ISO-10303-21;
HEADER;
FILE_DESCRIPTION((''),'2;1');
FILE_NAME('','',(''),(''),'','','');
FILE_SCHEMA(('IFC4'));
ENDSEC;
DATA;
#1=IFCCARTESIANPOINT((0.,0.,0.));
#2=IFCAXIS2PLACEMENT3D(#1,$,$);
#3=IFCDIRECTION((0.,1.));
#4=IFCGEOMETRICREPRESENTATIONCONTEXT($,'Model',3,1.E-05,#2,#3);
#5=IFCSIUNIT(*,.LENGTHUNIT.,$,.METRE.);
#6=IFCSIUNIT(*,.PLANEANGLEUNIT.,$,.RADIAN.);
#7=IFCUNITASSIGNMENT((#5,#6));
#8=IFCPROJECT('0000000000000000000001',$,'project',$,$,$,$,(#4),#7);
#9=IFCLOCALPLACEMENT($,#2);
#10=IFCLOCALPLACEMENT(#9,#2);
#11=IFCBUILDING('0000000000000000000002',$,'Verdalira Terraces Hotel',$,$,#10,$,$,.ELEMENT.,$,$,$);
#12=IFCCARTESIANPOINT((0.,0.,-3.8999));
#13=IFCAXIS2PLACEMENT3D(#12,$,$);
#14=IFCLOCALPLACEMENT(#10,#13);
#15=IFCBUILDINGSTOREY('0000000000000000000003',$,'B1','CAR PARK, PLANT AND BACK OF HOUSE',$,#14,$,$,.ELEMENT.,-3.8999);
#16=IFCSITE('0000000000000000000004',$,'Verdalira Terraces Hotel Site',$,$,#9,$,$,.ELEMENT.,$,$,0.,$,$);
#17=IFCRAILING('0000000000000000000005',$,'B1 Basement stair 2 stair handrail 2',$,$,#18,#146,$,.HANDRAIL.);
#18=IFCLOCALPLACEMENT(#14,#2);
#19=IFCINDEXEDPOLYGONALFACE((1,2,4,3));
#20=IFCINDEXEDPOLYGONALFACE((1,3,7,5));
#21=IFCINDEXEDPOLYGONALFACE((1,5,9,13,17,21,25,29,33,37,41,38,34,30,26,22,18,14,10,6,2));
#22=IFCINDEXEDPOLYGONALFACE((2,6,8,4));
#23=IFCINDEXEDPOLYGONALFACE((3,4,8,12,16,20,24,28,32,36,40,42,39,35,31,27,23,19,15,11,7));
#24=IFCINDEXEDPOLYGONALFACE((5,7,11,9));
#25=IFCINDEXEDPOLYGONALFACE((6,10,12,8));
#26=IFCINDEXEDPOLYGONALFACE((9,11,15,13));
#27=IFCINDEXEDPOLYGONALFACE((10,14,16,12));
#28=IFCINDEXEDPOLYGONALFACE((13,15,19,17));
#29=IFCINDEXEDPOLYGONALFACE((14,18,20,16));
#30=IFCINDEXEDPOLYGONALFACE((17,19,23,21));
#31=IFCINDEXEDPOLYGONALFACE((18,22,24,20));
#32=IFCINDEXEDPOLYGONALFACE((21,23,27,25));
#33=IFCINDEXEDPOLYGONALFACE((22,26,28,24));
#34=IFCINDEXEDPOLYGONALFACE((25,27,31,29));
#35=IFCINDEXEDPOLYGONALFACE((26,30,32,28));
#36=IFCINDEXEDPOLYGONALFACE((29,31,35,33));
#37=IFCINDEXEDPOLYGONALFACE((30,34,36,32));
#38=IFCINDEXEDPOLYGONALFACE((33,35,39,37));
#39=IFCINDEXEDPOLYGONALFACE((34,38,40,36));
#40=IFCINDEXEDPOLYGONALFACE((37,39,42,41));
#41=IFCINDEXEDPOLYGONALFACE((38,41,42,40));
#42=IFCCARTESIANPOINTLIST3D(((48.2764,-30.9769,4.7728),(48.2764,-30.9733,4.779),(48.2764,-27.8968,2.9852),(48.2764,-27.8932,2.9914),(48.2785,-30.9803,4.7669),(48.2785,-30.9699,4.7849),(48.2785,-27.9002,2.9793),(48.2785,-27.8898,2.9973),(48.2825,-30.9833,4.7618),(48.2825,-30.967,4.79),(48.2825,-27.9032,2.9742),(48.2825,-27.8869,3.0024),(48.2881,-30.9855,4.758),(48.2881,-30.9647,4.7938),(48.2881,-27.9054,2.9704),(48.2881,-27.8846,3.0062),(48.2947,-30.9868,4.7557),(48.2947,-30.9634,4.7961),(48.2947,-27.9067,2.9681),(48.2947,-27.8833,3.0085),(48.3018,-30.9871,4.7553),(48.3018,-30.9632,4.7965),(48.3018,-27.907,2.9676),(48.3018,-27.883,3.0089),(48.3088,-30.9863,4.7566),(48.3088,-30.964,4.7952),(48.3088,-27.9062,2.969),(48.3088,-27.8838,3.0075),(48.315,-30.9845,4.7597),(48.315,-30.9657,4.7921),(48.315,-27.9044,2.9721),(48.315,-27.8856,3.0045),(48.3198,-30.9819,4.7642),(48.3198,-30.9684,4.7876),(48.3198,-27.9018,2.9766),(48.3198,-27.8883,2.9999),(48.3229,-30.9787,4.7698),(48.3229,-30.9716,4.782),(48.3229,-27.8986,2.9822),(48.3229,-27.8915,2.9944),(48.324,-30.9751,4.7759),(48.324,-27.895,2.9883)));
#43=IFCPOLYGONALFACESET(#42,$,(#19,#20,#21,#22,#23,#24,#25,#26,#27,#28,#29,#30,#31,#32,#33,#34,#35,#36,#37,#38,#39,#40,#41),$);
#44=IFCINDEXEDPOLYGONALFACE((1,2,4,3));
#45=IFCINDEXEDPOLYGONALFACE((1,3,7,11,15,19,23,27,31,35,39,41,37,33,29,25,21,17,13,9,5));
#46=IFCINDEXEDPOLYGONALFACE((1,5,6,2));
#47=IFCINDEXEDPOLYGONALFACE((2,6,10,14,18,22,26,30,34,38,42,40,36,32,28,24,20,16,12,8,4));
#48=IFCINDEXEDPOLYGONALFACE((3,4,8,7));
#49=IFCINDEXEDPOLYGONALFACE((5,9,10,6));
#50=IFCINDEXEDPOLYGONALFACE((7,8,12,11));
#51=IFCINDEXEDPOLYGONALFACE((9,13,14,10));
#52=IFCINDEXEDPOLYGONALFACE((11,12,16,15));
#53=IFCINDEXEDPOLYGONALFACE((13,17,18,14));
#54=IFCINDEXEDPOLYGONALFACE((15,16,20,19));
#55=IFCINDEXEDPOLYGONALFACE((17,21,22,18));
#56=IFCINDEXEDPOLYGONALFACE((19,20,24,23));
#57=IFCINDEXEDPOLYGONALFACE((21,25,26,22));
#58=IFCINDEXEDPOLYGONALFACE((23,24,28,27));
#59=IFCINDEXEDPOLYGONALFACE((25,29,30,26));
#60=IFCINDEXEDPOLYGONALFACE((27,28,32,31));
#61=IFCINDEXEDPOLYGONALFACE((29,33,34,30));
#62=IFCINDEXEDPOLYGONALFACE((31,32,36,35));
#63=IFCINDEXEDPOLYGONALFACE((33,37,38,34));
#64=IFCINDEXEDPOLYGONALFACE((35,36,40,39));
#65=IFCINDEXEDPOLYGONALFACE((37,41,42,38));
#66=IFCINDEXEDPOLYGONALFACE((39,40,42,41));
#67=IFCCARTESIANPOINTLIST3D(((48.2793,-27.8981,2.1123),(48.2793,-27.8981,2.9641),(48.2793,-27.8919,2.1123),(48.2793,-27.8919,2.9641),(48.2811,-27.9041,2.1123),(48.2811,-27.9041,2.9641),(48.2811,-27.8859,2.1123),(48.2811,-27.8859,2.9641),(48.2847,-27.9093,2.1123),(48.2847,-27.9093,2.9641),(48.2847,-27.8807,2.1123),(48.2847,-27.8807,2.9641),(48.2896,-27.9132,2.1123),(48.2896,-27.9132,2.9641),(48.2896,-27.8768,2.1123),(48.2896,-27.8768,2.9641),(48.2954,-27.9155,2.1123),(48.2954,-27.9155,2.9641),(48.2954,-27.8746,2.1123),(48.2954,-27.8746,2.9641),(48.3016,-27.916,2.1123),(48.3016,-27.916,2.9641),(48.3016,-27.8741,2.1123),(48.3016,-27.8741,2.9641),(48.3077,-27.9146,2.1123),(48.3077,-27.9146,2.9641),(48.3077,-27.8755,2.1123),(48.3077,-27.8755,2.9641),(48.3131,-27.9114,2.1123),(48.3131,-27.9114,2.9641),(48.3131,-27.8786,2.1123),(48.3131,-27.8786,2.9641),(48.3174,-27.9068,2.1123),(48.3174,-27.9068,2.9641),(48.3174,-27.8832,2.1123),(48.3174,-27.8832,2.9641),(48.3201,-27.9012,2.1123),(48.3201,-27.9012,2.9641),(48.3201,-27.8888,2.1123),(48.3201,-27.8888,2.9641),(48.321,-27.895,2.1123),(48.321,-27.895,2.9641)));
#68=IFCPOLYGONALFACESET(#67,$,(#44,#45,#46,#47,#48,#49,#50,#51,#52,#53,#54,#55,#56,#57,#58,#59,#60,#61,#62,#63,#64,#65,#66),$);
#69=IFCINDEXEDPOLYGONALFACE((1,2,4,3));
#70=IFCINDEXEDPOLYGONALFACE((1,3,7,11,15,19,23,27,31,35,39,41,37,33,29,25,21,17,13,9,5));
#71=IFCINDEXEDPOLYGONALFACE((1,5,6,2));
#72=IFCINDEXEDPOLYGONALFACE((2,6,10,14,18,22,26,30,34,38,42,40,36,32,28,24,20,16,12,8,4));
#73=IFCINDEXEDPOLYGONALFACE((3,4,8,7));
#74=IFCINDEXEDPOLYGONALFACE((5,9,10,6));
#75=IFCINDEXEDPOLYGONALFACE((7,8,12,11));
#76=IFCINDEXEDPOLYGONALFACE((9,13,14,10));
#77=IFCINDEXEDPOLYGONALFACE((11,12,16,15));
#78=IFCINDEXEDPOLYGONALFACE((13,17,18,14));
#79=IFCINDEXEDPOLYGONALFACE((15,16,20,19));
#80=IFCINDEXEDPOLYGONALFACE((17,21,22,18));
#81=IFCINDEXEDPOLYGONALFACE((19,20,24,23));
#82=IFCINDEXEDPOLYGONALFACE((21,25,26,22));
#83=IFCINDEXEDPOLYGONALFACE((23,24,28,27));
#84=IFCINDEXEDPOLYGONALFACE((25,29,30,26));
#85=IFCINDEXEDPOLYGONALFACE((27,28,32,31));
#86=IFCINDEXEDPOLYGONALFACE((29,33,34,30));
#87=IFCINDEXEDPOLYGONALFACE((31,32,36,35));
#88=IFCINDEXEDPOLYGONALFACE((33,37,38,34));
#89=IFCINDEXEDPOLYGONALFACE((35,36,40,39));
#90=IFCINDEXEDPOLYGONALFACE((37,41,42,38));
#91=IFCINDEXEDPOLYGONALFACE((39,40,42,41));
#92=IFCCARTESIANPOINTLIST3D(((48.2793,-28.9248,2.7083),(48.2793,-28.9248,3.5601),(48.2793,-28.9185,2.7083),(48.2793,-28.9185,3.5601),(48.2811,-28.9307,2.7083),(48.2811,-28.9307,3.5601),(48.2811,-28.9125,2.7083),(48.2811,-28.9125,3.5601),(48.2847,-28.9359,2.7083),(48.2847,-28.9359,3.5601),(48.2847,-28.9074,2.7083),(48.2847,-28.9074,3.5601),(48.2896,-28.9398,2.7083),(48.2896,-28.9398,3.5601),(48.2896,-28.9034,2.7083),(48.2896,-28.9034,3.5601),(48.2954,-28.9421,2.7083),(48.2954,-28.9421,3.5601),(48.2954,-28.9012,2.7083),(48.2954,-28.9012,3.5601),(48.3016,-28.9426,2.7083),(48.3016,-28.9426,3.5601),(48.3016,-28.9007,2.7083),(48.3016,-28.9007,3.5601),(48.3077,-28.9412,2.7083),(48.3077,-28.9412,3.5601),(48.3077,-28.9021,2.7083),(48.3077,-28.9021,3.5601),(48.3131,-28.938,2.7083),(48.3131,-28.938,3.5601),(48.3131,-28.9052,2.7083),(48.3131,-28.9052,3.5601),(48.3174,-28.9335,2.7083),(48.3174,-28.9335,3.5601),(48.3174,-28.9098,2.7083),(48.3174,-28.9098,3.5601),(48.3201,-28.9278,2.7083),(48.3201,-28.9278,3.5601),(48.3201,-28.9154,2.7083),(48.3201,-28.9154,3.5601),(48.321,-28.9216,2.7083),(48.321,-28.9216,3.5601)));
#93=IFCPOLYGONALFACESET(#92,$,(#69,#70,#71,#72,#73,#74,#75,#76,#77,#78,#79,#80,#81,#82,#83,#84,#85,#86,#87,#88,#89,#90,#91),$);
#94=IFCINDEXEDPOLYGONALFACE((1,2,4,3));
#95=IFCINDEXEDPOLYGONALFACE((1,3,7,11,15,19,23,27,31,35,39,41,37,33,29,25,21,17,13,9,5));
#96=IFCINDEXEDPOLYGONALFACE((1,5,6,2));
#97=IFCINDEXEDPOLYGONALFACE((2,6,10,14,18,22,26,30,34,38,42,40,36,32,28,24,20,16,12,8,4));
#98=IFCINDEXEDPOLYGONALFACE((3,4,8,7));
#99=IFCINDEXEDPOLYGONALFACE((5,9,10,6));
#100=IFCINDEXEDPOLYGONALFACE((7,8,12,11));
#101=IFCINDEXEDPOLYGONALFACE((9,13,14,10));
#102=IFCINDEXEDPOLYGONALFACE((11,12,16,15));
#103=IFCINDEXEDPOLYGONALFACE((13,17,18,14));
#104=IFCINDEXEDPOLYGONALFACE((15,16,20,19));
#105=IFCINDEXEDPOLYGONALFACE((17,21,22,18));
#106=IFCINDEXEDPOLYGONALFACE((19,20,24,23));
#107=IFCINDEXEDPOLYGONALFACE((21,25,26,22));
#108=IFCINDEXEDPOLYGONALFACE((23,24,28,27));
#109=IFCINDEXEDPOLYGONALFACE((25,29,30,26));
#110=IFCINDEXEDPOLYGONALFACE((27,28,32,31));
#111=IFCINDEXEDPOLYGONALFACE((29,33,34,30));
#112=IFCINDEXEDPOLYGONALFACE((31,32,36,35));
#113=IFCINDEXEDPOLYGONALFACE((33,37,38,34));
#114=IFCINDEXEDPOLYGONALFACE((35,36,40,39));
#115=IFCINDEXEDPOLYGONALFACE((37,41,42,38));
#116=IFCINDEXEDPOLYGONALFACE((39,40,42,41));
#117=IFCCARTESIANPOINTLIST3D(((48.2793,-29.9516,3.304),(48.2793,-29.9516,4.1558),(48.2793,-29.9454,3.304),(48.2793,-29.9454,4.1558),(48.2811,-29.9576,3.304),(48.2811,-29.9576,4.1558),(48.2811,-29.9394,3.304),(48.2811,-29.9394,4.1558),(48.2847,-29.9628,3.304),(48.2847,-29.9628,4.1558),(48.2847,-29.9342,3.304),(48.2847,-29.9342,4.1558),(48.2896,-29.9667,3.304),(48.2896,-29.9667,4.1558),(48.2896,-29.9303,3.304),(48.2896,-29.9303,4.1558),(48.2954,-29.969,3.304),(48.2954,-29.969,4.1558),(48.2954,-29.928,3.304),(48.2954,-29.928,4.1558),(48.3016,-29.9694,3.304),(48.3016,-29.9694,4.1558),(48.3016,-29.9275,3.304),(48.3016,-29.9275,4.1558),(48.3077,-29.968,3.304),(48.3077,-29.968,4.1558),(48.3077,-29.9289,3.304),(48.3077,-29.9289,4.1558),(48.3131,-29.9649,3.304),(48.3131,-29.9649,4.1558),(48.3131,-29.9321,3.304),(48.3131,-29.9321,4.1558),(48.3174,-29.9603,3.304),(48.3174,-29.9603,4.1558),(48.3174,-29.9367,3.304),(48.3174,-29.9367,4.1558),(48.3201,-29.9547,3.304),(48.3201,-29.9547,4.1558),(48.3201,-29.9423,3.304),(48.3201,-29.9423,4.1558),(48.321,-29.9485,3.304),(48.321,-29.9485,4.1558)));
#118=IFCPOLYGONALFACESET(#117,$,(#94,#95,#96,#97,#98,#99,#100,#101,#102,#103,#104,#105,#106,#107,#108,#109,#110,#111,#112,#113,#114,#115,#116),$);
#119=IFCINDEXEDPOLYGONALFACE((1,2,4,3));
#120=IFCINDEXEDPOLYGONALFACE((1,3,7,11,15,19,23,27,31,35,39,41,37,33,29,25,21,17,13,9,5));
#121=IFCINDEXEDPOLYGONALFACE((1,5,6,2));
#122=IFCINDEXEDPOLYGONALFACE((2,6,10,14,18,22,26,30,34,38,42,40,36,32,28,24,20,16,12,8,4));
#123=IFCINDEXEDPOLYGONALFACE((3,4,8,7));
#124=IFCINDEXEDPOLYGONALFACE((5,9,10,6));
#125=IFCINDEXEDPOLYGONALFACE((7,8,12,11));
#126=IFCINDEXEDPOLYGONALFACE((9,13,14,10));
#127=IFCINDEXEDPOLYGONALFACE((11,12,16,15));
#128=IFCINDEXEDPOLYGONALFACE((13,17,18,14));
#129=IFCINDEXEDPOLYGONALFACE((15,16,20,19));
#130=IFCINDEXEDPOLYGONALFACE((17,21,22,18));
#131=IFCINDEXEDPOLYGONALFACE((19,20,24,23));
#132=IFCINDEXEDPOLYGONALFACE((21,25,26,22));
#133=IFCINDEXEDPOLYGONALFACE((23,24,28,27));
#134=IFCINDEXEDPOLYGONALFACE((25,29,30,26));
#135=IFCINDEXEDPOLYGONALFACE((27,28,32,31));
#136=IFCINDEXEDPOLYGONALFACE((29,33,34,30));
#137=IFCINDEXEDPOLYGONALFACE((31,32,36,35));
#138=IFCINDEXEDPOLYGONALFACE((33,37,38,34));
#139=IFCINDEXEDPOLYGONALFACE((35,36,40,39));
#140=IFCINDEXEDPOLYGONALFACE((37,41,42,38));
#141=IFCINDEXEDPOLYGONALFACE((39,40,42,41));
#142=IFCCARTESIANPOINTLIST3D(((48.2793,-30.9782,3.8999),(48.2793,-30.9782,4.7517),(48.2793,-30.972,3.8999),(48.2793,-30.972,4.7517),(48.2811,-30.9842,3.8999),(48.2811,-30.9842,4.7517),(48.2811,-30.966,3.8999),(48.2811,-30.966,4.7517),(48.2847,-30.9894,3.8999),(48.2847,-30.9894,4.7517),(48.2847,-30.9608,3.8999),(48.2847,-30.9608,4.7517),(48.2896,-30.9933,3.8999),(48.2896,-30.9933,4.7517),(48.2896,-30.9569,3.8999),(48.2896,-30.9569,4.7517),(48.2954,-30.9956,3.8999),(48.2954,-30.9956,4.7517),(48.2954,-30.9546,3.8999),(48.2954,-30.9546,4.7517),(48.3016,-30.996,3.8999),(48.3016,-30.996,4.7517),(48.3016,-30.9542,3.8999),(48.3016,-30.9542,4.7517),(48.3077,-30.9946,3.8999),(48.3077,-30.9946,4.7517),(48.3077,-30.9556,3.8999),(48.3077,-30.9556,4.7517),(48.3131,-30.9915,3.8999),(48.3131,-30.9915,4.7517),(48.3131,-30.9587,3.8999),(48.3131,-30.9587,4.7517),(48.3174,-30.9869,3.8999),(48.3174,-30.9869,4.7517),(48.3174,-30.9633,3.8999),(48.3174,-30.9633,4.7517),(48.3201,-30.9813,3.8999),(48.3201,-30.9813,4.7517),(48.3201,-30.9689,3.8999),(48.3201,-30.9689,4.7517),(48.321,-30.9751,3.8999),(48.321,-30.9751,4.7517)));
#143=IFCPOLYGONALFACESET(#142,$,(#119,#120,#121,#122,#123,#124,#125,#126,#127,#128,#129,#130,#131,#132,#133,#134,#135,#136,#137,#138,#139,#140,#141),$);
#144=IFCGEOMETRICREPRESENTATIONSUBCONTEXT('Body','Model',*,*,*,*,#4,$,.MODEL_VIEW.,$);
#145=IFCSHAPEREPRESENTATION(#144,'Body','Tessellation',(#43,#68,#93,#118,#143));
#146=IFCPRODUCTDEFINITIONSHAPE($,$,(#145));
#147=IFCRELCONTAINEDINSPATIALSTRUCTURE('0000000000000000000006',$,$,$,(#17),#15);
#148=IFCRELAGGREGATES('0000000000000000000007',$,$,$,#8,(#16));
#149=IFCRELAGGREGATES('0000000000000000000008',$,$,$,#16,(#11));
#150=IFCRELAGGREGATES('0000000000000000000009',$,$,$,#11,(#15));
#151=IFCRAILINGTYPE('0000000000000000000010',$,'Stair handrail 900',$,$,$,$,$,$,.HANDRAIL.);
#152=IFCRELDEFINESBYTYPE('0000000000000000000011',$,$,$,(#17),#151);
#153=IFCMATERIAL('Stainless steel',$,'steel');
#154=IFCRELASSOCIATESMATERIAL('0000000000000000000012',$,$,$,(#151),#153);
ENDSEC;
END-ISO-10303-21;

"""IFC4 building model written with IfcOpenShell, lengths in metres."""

from ifc_helpers import new_model, si_unit, direction, frame, origin, origin_2d, place, context, subcontext, project, spatial, circle, extrude, material, type_object, element, save


model = new_model("IFC4")

# Units and contexts
model_context = context("Model", 3, precision=1e-05, world=origin(), true_north=direction((0.0, 1.0)))
body_context = subcontext(model_context, "Body", "Model", "MODEL_VIEW")
ifc_project = project(units=[si_unit("LENGTHUNIT", "METRE"), si_unit("PLANEANGLEUNIT", "RADIAN")], contexts=[model_context])

# Site, building, storey
site_placement = place(None, origin())
site = spatial("IfcSite", under=ifc_project, at=site_placement, Name="Verdalira Terraces Hotel Site", CompositionType="ELEMENT", RefElevation=0.0)
building_placement = place(site_placement, origin())
building = spatial("IfcBuilding", under=site, at=building_placement, Name="Verdalira Terraces Hotel", CompositionType="ELEMENT")
storey_placement = place(building_placement, frame((0.0, 0.0, -3.8999)))
storey = spatial("IfcBuildingStorey", under=building, at=storey_placement, Name="B1", Description="CAR PARK, PLANT AND BACK OF HOUSE", CompositionType="ELEMENT", Elevation=-3.8999)

# Railing
ifc_material_1 = material(Name="Stainless steel", Category="steel")
railing_type_1 = type_object("IfcRailingType", Name="Stair handrail 900", PredefinedType="HANDRAIL", material=ifc_material_1)
railing_1_placement = place(storey_placement, frame((48.3, -27.895, 2.1123)))
element("IfcRailing", 1, at=railing_1_placement, inside=storey, type_object=railing_type_1, Name="B1 Basement stair 2 stair handrail 2", PredefinedType="HANDRAIL", context=body_context, shape_type="SweptSolid", body=[
    extrude(circle(Radius=0.0239, at=origin_2d()), frame((0.0, 0.0, 0.876), z_axis=(0.0, -0.864891, 0.50196), x_axis=(1.0, 0.0, 0.0)), (0.0, 0.0, 1.0), 3.5613),
    extrude(circle(Radius=0.021, at=origin_2d()), origin(), (0.0, 0.0, 1.0), 0.8518),
    extrude(circle(Radius=0.021, at=origin_2d()), frame((0.0, -1.0266, 0.5959)), (0.0, 0.0, 1.0), 0.8518),
    extrude(circle(Radius=0.021, at=origin_2d()), frame((0.0, -2.0535, 1.1917)), (0.0, 0.0, 1.0), 0.8518),
    extrude(circle(Radius=0.021, at=origin_2d()), frame((0.0, -3.0801, 1.7876)), (0.0, 0.0, 1.0), 0.8518),
])

save(model, "model.ifc")
